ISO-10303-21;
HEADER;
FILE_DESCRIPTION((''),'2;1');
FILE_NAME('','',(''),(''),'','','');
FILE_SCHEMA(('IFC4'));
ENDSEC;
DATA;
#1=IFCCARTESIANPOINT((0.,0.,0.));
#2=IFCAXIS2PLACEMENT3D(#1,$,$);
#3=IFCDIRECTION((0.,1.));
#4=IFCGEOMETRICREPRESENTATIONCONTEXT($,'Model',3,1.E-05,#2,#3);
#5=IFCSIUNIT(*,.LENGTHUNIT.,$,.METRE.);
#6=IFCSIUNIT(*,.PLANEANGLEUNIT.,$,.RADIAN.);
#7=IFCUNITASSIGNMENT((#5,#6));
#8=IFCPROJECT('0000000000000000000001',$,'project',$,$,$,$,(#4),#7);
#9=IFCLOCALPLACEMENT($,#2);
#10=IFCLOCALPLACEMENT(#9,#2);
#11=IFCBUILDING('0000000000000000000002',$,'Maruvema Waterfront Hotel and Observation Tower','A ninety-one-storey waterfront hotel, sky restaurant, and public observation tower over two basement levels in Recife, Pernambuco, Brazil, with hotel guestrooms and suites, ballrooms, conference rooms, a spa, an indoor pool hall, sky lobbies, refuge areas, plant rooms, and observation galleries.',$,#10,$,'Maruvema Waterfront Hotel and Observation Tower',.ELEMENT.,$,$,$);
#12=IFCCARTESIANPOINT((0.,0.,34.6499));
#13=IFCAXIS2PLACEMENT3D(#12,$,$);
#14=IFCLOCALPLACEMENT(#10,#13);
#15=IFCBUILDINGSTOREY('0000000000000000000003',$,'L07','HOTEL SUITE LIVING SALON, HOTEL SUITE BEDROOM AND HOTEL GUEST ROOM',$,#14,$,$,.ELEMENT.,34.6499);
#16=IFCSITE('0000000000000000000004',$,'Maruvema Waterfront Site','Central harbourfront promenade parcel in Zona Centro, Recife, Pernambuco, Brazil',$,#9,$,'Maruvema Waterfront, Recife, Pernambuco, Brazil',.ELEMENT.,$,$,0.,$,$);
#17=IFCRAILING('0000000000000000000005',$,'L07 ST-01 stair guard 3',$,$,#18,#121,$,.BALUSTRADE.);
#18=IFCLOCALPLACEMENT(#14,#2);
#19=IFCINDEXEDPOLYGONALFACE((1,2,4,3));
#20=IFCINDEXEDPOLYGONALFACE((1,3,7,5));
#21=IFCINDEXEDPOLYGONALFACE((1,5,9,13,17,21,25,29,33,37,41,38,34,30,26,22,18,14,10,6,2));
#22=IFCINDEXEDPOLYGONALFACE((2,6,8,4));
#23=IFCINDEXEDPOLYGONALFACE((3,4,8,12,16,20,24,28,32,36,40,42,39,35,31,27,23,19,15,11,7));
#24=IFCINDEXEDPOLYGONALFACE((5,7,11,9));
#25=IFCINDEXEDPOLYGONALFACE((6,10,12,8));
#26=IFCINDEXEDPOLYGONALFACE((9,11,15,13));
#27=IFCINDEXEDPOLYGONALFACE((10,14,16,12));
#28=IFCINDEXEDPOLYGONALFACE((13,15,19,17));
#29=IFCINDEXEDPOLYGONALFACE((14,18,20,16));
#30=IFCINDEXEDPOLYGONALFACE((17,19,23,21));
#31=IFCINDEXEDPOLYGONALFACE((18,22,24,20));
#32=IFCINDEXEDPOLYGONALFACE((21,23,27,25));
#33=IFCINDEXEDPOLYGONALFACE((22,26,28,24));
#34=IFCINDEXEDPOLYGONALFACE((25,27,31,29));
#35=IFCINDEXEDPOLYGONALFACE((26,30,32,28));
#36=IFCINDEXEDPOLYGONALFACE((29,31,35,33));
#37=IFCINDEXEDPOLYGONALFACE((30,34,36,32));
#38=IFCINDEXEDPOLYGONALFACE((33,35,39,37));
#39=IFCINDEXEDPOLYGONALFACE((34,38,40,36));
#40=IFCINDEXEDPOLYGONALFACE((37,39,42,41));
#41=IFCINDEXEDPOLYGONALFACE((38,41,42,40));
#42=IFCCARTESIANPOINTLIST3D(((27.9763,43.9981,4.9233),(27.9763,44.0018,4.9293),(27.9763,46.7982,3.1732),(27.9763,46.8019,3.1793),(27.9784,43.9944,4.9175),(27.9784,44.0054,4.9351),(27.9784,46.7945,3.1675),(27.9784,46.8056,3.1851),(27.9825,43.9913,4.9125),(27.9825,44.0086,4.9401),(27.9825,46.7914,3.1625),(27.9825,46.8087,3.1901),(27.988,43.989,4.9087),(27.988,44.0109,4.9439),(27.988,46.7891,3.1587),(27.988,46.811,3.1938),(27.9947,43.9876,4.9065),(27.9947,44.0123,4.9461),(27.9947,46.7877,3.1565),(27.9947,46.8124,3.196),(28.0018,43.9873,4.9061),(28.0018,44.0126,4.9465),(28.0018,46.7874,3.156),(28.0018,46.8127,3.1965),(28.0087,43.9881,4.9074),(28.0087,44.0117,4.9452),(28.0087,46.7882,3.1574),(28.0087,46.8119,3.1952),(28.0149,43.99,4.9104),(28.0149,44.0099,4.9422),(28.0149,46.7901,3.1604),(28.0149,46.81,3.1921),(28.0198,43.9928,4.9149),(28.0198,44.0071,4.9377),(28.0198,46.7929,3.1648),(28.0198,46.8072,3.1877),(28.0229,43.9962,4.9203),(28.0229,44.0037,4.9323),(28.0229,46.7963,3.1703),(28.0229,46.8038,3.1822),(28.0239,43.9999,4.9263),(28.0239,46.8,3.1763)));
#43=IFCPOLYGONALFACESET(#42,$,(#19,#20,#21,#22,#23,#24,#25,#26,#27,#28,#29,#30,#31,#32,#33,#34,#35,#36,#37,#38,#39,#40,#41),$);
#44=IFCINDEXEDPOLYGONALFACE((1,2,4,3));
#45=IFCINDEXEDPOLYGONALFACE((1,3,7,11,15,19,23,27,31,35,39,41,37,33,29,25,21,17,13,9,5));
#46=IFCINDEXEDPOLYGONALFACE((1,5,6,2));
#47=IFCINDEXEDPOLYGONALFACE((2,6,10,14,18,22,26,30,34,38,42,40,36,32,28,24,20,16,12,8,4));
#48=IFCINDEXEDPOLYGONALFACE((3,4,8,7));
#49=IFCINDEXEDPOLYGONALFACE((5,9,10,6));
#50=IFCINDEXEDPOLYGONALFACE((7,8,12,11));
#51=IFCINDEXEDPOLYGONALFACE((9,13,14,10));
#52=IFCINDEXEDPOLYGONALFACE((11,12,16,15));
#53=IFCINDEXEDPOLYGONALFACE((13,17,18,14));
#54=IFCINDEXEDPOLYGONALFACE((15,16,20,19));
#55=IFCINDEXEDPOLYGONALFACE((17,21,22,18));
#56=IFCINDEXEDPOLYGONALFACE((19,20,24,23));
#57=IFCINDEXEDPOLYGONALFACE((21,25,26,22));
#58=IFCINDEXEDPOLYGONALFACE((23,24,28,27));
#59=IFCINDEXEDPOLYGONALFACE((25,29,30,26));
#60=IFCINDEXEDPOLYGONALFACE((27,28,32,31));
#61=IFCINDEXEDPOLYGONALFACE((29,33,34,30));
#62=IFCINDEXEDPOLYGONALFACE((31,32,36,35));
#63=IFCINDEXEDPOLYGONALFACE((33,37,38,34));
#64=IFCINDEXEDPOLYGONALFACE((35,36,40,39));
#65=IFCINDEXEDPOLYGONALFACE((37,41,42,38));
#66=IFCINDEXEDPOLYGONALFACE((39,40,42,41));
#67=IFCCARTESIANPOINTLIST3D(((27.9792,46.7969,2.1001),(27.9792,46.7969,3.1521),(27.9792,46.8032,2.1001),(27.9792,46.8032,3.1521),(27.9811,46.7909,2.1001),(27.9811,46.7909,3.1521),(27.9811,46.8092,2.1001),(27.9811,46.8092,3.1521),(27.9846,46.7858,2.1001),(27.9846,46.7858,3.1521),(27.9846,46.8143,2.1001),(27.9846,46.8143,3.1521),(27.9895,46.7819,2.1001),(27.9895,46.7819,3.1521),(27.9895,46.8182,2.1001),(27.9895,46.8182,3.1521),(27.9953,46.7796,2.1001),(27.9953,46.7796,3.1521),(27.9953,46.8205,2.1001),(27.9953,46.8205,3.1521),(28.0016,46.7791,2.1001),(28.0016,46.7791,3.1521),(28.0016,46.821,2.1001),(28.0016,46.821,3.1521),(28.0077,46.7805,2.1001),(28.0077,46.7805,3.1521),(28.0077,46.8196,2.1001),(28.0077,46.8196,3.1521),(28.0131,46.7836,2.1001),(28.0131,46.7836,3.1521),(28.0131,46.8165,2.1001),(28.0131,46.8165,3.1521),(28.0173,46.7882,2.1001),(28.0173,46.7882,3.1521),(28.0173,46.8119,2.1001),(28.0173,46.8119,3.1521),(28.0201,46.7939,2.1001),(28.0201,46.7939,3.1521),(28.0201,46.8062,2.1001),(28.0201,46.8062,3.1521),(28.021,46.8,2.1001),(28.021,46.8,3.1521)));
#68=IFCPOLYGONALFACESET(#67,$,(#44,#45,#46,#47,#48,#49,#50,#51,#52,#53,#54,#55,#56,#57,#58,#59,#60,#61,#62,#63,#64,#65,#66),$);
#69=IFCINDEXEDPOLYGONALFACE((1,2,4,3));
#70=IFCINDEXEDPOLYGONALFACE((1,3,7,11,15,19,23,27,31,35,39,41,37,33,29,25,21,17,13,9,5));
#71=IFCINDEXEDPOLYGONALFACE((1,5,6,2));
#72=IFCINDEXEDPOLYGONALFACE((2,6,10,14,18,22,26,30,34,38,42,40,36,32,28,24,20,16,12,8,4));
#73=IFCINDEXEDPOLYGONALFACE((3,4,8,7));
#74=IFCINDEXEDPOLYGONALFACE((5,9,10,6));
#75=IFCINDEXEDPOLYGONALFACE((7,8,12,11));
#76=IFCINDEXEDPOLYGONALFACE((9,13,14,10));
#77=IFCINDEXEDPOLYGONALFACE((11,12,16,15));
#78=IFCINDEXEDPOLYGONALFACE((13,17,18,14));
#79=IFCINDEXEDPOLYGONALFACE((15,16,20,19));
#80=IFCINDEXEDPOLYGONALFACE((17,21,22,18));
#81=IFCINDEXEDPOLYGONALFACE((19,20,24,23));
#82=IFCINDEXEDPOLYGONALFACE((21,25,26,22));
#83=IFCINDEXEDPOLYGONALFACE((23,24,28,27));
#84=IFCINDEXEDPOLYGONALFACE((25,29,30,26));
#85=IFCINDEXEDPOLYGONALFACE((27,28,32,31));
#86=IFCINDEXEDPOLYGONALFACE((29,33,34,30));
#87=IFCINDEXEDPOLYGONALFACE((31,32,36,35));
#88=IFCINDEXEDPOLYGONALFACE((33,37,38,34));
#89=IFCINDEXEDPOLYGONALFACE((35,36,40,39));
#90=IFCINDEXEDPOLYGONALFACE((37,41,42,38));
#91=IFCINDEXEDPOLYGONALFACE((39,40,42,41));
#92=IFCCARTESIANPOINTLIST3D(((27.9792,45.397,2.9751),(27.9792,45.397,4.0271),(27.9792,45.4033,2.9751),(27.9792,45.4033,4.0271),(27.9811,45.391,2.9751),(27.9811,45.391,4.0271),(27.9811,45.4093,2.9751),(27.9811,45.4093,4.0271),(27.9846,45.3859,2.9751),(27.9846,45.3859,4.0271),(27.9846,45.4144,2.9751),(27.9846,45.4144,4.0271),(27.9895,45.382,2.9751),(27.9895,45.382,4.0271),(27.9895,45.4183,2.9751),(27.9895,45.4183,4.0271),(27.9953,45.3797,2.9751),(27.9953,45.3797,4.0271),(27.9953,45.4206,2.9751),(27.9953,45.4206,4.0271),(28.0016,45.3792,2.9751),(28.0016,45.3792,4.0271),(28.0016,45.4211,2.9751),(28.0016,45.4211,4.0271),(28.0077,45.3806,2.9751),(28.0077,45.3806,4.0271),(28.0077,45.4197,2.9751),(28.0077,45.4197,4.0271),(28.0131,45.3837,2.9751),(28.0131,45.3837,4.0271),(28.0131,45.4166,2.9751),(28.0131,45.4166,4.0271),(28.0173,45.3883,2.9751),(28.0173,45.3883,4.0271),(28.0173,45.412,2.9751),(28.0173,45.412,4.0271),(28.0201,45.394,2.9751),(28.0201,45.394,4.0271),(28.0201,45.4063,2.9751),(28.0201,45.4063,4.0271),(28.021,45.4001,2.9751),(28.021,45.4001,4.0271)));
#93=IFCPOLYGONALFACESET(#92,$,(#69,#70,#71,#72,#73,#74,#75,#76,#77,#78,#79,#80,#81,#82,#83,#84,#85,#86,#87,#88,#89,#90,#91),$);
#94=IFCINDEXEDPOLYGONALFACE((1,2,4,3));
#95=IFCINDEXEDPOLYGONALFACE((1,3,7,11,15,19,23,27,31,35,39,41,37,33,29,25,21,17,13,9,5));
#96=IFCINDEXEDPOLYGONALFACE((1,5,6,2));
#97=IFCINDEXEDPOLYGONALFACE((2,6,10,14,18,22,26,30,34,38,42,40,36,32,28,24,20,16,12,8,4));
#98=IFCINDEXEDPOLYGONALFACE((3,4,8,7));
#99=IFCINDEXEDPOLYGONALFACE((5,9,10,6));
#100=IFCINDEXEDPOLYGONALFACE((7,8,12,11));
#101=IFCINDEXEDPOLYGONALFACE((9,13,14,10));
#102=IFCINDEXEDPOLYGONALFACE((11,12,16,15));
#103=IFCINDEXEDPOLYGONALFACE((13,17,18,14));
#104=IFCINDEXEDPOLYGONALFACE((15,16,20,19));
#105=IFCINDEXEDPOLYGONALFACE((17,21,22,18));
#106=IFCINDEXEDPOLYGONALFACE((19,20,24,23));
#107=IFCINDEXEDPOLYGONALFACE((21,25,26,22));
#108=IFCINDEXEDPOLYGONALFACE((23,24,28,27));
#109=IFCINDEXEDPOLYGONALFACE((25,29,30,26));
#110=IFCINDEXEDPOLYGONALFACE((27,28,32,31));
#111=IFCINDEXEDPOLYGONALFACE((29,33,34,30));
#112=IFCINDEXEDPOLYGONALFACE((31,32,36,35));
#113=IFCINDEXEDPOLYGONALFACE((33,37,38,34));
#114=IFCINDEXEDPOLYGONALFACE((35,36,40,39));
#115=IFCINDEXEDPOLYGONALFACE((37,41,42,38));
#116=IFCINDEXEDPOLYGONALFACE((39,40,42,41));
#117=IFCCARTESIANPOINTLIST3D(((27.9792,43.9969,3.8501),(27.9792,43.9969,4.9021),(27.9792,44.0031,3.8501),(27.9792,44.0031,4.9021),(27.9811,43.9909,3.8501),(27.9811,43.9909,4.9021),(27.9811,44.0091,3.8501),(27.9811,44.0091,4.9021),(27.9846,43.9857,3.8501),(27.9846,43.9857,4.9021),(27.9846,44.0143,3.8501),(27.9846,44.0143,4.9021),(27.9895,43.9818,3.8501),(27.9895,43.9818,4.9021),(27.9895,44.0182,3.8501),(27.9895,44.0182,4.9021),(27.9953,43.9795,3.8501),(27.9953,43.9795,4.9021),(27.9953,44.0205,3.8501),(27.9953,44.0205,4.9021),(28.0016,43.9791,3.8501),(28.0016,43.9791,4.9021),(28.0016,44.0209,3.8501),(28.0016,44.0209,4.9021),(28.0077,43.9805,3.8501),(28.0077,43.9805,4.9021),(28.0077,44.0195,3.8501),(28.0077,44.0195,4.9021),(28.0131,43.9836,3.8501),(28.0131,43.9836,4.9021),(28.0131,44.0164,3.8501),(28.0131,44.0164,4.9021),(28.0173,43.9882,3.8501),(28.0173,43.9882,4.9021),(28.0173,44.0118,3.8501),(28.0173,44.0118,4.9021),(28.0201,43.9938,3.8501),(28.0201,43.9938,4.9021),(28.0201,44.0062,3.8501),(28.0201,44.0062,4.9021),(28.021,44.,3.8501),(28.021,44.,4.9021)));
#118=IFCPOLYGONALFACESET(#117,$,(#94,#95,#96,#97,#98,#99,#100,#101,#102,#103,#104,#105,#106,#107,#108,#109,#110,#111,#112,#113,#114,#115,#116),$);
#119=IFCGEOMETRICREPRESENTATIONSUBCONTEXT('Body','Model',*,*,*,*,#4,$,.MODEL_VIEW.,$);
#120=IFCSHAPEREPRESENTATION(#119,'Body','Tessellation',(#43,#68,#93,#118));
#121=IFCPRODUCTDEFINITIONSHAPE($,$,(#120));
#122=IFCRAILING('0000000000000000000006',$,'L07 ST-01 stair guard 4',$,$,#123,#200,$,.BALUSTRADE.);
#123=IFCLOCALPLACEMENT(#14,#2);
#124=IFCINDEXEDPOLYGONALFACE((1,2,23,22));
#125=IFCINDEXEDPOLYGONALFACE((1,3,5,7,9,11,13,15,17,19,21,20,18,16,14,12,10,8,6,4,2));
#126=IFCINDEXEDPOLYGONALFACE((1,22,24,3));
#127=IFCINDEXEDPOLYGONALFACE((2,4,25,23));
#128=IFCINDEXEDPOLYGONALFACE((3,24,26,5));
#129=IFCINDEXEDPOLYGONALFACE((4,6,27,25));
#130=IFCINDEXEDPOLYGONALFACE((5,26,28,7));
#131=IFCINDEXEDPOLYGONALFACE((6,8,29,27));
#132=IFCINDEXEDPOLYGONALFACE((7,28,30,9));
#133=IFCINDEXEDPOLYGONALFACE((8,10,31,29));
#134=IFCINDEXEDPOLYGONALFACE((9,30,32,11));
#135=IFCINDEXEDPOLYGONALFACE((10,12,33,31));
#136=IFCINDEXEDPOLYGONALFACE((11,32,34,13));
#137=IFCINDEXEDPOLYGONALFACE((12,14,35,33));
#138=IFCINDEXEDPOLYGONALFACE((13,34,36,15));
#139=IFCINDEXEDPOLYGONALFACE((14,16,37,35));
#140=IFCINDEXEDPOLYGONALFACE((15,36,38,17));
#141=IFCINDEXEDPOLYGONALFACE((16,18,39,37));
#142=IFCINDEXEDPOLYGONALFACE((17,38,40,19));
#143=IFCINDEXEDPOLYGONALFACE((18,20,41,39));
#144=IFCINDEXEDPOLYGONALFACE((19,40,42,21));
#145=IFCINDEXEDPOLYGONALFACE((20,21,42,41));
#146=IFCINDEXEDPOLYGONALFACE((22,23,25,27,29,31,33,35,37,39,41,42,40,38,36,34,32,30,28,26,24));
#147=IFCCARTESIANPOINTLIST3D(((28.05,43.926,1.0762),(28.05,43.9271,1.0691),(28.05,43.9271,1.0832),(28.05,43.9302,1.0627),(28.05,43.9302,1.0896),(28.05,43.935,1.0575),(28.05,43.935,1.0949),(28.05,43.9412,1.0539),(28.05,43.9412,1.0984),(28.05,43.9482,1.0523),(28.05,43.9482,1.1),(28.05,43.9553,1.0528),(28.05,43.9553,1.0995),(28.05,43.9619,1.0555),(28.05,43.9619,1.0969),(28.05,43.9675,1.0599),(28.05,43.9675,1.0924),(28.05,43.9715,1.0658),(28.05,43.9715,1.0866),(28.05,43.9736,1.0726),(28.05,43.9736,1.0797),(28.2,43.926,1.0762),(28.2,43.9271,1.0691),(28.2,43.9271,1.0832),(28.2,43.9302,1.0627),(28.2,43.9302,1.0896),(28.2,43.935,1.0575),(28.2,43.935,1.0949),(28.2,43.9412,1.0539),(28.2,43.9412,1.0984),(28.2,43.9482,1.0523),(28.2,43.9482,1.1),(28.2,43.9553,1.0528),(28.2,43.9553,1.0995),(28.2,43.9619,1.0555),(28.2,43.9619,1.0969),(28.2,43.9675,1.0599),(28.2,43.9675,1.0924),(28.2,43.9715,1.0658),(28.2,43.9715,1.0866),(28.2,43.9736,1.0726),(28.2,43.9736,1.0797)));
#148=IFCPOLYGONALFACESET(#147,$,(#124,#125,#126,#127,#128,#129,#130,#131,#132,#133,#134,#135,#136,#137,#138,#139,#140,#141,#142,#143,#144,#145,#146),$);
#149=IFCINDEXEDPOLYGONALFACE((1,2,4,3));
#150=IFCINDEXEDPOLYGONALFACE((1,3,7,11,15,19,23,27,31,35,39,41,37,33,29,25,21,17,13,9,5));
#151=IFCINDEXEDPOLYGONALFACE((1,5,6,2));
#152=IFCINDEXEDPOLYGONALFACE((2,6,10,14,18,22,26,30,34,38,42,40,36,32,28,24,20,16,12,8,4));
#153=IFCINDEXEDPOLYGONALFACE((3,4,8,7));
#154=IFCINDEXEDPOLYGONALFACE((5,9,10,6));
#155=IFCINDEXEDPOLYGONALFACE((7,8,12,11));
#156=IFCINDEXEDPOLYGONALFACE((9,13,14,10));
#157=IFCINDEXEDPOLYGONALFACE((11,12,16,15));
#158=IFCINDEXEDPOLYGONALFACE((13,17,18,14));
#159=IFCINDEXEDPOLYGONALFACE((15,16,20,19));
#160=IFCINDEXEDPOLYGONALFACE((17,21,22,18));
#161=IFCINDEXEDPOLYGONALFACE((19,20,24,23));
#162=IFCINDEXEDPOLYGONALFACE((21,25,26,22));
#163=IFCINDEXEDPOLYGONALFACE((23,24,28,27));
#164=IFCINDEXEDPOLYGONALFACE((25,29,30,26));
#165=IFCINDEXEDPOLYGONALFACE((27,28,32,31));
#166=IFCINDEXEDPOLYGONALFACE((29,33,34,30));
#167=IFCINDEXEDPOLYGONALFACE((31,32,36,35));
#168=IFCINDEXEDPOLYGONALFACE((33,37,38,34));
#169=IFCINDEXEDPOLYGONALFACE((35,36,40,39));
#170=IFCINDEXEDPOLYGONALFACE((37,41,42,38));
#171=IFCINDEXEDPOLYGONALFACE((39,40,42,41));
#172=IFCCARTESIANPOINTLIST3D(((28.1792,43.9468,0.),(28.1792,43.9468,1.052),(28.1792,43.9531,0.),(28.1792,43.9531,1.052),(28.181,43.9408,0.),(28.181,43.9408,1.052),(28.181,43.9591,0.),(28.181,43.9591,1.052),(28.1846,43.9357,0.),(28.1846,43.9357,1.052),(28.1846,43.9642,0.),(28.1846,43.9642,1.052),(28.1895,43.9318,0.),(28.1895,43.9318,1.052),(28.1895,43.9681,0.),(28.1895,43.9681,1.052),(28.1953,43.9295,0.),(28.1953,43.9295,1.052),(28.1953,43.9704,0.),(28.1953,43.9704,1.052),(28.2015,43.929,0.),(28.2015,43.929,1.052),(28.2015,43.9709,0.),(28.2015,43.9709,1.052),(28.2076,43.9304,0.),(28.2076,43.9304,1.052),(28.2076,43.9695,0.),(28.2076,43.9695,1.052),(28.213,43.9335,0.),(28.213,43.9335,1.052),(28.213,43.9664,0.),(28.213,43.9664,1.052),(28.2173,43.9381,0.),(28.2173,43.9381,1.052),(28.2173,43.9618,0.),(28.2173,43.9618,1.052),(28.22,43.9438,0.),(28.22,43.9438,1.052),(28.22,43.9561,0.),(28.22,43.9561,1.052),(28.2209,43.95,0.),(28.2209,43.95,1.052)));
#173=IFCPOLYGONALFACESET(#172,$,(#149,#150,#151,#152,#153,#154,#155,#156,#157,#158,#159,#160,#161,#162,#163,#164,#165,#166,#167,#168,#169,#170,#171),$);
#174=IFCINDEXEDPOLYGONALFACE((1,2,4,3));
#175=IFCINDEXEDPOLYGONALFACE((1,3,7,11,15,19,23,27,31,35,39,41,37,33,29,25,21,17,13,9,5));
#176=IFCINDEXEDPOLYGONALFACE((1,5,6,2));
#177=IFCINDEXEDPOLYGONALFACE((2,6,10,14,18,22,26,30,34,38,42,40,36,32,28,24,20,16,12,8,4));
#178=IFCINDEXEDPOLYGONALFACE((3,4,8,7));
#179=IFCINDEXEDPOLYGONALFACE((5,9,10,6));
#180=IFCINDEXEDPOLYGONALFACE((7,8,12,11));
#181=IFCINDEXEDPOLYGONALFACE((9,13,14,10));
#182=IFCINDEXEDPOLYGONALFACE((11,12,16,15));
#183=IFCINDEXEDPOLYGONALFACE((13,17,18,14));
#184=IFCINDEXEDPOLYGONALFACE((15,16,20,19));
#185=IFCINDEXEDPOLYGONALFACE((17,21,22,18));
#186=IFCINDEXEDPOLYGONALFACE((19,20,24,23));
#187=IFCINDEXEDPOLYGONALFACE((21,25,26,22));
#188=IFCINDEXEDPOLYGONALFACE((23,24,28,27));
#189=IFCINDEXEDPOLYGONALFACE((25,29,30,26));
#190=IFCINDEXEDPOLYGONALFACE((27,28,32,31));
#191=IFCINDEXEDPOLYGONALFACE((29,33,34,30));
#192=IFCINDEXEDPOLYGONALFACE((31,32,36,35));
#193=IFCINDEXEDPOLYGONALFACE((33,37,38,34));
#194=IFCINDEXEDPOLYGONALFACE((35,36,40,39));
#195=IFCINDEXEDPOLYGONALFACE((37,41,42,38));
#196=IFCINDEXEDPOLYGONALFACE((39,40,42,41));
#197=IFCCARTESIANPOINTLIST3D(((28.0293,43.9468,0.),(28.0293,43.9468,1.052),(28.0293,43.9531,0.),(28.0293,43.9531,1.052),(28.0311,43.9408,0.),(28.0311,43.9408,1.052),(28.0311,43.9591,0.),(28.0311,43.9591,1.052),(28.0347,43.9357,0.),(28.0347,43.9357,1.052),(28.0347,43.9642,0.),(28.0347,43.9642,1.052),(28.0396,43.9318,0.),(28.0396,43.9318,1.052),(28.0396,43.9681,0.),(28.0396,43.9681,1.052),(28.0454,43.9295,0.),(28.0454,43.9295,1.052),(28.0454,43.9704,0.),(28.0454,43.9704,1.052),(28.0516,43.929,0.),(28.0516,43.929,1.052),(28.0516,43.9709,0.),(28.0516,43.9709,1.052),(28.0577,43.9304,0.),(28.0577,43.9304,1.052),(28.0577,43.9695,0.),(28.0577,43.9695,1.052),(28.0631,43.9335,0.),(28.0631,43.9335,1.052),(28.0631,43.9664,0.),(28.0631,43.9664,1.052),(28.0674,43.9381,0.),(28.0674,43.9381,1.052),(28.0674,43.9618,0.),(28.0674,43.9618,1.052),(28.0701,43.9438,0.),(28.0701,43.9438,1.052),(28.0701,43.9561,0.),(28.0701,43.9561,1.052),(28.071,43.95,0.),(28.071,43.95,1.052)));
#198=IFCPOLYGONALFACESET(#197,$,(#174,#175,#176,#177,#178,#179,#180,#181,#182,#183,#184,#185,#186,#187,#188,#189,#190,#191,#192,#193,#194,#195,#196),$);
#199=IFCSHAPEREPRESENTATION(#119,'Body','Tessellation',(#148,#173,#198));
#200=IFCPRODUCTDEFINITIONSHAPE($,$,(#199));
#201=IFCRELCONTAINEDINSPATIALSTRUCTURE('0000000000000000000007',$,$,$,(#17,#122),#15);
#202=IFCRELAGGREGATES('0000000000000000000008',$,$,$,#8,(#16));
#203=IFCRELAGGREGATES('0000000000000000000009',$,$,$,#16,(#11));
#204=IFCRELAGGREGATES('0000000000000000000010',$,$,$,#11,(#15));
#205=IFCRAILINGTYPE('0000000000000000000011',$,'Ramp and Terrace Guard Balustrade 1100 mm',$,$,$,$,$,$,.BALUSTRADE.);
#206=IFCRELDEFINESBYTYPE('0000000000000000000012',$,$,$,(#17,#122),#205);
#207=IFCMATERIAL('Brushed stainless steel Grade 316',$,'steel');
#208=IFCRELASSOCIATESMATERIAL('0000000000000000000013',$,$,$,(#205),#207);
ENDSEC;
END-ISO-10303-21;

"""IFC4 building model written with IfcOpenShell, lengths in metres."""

from ifc_helpers import new_model, si_unit, direction, frame, origin, origin_2d, place, context, subcontext, project, spatial, circle, extrude, material, type_object, element, save


model = new_model("IFC4")

# Units and contexts
model_context = context("Model", 3, precision=1e-05, world=origin(), true_north=direction((0.0, 1.0)))
body_context = subcontext(model_context, "Body", "Model", "MODEL_VIEW")
ifc_project = project(units=[si_unit("LENGTHUNIT", "METRE"), si_unit("PLANEANGLEUNIT", "RADIAN")], contexts=[model_context])

# Site, building, storey
site_placement = place(None, origin())
site = spatial("IfcSite", under=ifc_project, at=site_placement, Name="Maruvema Waterfront Site", Description="Central harbourfront promenade parcel in Zona Centro, Recife, Pernambuco, Brazil", LongName="Maruvema Waterfront, Recife, Pernambuco, Brazil", CompositionType="ELEMENT", RefElevation=0.0)
building_placement = place(site_placement, origin())
building = spatial("IfcBuilding", under=site, at=building_placement, Name="Maruvema Waterfront Hotel and Observation Tower", Description="A ninety-one-storey waterfront hotel, sky restaurant, and public observation tower over two basement levels in Recife, Pernambuco, Brazil, with hotel guestrooms and suites, ballrooms, conference rooms, a spa, an indoor pool hall, sky lobbies, refuge areas, plant rooms, and observation galleries.", LongName="Maruvema Waterfront Hotel and Observation Tower", CompositionType="ELEMENT")
storey_placement = place(building_placement, frame((0.0, 0.0, 34.6499)))
storey = spatial("IfcBuildingStorey", under=building, at=storey_placement, Name="L07", Description="HOTEL SUITE LIVING SALON, HOTEL SUITE BEDROOM AND HOTEL GUEST ROOM", CompositionType="ELEMENT", Elevation=34.6499)

# Railings
ifc_material_1 = material(Name="Brushed stainless steel Grade 316", Category="steel")
railing_type_1 = type_object("IfcRailingType", Name="Ramp and Terrace Guard Balustrade 1100 mm", PredefinedType="BALUSTRADE", material=ifc_material_1)
railing_1_placement = place(storey_placement, frame((28.0, 46.8, 2.1001)))
element("IfcRailing", 1, at=railing_1_placement, inside=storey, type_object=railing_type_1, Name="L07 ST-01 stair guard 3", PredefinedType="BALUSTRADE", context=body_context, shape_type="SweptSolid", body=[
    extrude(circle(Radius=0.0239, at=origin_2d()), frame((0.0, 0.0, 1.0762), z_axis=(0.0, -0.848002, 0.529992), x_axis=(1.0, 0.0, 0.0)), (0.0, 0.0, 1.0), 3.302),
    extrude(circle(Radius=0.021, at=origin_2d()), origin(), (0.0, 0.0, 1.0), 1.052),
    extrude(circle(Radius=0.021, at=origin_2d()), frame((0.0, -1.3999, 0.875)), (0.0, 0.0, 1.0), 1.052),
    extrude(circle(Radius=0.021, at=origin_2d()), frame((0.0, -2.8, 1.75)), (0.0, 0.0, 1.0), 1.052),
])
railing_2_placement = place(storey_placement, frame((28.2, 43.95, 0.0)))
element("IfcRailing", 2, at=railing_2_placement, inside=storey, type_object=railing_type_1, Name="L07 ST-01 stair guard 4", PredefinedType="BALUSTRADE", context=body_context, shape_type="SweptSolid", body=[
    extrude(circle(Radius=0.0239, at=origin_2d()), frame((0.0, 0.0, 1.0762), z_axis=(-1.0, 0.0, 0.0), x_axis=(0.0, -1.0, 0.0)), (0.0, 0.0, 1.0), 0.1499),
    extrude(circle(Radius=0.021, at=origin_2d()), origin(), (0.0, 0.0, 1.0), 1.052),
    extrude(circle(Radius=0.021, at=origin_2d()), frame((-0.1499, 0.0, 0.0)), (0.0, 0.0, 1.0), 1.052),
])

save(model, "model.ifc")
